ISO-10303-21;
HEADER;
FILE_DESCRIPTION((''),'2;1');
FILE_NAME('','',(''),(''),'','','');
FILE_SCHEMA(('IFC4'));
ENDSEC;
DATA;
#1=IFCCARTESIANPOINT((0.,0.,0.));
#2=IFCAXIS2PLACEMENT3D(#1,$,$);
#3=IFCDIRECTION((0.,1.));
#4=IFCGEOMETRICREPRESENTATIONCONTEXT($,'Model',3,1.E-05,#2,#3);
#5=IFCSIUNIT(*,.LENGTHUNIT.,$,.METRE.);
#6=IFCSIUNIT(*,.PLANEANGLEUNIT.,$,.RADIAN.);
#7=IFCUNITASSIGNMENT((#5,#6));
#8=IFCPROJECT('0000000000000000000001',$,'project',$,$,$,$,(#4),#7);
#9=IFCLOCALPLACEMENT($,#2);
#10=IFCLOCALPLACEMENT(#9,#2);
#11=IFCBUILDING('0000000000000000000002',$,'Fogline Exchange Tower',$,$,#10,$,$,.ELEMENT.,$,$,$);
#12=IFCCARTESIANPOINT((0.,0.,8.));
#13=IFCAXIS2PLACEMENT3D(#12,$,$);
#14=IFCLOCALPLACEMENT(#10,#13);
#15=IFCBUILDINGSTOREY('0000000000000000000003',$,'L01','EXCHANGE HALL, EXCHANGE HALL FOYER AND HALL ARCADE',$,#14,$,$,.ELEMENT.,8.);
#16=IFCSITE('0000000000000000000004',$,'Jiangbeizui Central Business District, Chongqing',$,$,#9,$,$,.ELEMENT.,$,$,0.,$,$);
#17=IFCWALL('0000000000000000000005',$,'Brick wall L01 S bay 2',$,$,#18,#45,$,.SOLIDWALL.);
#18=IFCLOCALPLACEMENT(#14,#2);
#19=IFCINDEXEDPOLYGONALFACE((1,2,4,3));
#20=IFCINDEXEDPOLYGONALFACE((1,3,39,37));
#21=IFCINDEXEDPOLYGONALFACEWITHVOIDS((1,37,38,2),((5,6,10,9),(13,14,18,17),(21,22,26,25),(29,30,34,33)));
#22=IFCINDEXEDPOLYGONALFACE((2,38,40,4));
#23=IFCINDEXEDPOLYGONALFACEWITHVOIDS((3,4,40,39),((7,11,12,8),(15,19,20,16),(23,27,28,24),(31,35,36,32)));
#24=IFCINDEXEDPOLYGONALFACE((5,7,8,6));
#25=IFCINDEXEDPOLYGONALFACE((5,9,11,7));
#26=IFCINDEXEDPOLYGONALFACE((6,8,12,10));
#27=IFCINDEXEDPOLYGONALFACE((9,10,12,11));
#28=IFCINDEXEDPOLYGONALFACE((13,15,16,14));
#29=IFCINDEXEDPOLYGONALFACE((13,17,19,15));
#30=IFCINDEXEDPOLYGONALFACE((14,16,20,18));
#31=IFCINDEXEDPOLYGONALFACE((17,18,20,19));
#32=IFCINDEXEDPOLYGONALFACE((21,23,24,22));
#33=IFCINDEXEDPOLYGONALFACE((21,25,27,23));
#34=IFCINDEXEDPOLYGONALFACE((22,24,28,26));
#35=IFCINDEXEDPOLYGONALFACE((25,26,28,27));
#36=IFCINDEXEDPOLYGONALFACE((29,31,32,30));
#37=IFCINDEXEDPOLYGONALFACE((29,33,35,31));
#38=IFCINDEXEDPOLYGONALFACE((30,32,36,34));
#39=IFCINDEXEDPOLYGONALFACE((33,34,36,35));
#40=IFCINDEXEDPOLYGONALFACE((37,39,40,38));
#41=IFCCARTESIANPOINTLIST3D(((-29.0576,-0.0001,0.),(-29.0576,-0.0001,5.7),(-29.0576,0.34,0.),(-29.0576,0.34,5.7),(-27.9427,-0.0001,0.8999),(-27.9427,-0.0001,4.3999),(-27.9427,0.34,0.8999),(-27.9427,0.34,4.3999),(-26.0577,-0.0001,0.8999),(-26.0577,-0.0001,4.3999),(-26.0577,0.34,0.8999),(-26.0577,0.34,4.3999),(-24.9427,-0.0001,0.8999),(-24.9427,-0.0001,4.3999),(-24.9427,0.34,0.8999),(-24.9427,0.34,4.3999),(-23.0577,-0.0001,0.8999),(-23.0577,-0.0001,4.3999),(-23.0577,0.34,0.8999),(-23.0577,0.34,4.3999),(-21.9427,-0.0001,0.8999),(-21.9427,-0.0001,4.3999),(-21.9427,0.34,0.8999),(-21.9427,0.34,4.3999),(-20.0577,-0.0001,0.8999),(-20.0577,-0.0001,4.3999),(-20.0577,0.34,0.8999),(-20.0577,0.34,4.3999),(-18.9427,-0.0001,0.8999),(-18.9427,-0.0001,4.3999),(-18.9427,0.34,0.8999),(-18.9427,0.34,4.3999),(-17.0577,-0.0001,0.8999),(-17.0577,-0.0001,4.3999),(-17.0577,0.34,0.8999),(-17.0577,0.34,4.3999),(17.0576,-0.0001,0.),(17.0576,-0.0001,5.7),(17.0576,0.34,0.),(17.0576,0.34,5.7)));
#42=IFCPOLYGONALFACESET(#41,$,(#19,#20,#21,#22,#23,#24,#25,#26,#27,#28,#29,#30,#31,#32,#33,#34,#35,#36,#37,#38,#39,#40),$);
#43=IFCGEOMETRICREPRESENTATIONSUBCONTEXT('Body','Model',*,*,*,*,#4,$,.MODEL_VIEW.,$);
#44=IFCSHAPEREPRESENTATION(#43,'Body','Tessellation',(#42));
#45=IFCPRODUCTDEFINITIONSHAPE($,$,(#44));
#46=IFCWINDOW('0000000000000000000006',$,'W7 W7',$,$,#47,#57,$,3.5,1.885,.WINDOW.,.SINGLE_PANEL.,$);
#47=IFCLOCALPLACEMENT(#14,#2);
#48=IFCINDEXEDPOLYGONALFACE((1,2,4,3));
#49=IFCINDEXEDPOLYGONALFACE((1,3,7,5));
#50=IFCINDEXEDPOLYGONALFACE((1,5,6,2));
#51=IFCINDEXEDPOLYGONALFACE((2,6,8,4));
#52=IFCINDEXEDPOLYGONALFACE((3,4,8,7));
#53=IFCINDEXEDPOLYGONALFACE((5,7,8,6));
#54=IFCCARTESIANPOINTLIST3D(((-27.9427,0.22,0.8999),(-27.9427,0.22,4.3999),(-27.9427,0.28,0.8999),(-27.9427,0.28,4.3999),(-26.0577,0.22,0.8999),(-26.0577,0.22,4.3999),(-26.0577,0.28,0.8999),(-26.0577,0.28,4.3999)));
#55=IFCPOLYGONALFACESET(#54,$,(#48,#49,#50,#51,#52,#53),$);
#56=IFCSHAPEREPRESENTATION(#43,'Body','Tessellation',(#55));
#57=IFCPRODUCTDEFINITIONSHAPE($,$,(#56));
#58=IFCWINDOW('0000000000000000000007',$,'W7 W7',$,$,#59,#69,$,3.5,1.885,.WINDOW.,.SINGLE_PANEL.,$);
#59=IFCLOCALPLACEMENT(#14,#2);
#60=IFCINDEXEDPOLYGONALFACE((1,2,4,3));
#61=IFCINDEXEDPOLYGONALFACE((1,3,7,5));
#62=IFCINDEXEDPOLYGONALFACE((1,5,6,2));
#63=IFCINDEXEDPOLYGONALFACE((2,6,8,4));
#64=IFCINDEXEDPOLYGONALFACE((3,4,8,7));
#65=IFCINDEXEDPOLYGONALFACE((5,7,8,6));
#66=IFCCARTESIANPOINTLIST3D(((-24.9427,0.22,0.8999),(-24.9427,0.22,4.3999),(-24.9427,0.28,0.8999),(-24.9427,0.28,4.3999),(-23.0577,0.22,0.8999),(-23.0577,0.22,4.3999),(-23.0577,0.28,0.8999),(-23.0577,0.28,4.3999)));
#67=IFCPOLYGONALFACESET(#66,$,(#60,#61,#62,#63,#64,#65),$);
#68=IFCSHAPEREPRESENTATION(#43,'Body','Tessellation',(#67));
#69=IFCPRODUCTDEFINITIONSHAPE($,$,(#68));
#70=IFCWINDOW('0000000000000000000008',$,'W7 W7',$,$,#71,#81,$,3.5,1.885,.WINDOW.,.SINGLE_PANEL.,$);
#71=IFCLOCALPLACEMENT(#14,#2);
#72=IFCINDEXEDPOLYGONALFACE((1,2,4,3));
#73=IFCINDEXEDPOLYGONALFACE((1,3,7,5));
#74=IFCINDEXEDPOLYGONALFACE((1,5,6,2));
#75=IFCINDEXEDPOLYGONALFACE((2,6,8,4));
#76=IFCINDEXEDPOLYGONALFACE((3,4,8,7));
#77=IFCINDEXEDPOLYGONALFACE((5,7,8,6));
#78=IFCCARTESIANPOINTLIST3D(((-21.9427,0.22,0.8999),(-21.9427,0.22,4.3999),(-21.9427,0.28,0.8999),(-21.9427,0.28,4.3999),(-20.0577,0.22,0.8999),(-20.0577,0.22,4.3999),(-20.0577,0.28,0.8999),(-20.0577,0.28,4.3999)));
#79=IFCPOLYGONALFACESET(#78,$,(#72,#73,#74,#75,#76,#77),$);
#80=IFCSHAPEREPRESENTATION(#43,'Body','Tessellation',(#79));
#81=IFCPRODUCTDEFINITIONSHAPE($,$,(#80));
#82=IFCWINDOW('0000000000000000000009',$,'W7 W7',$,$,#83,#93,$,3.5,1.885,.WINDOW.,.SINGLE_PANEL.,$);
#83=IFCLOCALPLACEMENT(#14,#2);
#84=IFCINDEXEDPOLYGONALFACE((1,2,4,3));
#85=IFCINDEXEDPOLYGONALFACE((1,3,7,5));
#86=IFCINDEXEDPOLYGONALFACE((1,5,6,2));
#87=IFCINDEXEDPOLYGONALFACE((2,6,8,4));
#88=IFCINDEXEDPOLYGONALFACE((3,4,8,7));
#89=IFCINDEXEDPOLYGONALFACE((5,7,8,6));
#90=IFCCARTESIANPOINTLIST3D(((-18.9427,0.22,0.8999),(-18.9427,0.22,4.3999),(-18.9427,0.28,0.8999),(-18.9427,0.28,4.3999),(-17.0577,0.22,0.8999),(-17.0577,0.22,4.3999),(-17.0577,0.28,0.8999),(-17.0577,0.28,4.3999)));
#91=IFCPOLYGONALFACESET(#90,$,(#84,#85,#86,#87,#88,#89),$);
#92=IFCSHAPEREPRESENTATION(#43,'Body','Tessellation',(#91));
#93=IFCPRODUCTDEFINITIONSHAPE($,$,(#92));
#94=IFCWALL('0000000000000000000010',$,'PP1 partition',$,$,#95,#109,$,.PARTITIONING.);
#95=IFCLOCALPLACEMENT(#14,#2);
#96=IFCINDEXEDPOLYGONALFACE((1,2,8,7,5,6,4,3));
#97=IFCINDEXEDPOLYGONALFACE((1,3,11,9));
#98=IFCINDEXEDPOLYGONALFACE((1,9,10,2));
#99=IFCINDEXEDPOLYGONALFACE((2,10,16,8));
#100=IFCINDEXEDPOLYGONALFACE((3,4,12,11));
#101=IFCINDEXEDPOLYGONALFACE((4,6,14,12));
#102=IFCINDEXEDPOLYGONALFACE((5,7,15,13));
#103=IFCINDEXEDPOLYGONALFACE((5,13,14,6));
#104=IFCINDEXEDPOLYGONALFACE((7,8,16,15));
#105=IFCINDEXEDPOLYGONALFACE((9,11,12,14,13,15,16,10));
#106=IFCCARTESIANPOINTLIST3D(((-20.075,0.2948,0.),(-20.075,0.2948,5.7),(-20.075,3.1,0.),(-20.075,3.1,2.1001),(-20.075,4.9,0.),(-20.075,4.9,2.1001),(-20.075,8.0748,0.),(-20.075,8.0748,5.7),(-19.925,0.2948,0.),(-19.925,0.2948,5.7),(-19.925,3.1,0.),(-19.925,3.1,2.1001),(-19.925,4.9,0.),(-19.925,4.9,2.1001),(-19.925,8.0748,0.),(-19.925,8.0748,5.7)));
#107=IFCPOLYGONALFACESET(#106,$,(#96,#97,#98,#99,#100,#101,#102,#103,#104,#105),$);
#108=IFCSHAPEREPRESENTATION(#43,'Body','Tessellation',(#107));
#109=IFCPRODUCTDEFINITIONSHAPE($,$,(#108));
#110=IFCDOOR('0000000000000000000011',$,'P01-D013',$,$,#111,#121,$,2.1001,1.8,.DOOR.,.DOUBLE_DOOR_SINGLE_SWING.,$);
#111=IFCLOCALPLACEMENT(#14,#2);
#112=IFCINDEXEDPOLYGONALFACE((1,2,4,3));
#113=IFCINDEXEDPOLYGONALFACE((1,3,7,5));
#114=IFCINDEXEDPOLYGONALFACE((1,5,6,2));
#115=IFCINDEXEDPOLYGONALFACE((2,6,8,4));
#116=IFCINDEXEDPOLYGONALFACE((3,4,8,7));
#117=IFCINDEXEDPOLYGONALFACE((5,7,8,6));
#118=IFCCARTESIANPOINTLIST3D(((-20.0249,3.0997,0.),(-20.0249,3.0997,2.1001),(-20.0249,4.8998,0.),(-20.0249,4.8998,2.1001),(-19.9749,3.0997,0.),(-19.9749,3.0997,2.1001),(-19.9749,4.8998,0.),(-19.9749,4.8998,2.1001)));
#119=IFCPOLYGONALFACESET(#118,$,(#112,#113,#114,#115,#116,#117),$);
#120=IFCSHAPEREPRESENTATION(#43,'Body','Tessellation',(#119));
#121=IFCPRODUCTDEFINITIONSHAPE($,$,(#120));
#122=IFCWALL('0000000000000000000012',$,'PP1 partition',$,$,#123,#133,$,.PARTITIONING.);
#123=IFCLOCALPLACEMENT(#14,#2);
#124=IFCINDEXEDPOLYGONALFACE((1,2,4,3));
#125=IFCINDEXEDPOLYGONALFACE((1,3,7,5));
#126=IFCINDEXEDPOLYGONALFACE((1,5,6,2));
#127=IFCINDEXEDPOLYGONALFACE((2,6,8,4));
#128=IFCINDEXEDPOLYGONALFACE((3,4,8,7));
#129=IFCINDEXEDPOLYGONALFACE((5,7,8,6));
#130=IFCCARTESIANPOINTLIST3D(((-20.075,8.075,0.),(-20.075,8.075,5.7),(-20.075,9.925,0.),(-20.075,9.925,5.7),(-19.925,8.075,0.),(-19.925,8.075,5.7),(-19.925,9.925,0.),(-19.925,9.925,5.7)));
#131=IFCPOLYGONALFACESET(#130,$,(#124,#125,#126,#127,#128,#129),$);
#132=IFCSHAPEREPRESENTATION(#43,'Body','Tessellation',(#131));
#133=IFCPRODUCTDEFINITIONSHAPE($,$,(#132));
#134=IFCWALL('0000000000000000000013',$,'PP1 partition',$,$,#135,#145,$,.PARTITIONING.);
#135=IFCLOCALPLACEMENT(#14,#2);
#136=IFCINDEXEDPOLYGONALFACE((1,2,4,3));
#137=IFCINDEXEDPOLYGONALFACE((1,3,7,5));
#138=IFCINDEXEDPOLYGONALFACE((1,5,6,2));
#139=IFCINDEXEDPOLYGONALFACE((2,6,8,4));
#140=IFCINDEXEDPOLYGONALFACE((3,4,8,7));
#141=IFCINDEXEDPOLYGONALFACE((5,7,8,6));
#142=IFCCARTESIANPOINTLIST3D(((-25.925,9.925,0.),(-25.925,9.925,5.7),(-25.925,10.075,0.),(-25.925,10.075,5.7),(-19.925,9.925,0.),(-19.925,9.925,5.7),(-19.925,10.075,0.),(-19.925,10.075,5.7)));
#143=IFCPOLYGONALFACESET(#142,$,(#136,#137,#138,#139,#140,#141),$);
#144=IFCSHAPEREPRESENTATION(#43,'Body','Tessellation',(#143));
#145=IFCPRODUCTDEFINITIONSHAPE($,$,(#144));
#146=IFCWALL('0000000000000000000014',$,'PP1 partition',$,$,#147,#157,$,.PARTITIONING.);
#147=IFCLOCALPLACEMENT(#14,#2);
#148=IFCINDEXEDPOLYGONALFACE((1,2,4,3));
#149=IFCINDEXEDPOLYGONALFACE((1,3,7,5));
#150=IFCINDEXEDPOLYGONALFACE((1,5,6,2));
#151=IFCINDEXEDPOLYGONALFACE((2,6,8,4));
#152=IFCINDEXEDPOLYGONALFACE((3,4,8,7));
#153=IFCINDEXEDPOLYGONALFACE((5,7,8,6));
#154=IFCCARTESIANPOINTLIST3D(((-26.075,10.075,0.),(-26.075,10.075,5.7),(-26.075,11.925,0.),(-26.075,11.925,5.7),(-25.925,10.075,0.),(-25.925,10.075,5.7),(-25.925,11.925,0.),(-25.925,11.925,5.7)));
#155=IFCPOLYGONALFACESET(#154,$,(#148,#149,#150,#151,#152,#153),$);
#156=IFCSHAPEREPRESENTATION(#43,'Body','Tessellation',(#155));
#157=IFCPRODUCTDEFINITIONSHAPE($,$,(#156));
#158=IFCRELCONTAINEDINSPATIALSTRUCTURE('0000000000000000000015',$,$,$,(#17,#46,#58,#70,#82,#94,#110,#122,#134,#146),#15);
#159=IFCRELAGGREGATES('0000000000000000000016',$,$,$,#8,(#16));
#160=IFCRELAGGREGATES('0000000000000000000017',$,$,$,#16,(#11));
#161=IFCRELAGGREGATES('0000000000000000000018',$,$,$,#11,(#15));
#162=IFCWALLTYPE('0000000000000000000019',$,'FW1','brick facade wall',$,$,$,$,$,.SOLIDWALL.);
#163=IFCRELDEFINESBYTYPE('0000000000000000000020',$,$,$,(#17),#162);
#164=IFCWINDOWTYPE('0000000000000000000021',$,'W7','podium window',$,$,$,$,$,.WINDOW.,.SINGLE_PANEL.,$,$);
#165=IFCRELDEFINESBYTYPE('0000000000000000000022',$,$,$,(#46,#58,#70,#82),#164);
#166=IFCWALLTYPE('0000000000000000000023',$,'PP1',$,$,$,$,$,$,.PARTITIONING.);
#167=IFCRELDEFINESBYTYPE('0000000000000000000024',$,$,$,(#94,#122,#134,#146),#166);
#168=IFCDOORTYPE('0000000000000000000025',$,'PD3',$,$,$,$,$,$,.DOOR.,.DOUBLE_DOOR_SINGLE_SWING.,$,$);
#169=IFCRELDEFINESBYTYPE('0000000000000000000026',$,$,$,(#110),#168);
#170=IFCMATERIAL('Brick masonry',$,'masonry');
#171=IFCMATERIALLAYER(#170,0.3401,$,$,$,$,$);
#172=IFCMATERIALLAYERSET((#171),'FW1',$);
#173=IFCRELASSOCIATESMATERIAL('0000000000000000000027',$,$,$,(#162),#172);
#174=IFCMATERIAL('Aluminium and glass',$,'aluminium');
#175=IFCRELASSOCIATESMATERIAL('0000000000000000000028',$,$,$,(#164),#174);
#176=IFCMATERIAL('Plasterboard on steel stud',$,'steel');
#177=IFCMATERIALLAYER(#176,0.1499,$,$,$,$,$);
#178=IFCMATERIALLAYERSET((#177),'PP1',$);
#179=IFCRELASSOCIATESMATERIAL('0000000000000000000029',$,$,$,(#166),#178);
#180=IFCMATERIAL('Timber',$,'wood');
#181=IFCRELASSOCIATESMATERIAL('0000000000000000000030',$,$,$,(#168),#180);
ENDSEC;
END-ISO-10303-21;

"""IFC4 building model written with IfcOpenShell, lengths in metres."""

from ifc_helpers import new_model, si_unit, direction, frame, frame_2d, origin, place, context, subcontext, project, spatial, rectangle, extrude, material, layer, layer_set, type_object, element, fill, save


model = new_model("IFC4")

# Units and contexts
model_context = context("Model", 3, precision=1e-05, world=origin(), true_north=direction((0.0, 1.0)))
body_context = subcontext(model_context, "Body", "Model", "MODEL_VIEW")
ifc_project = project(units=[si_unit("LENGTHUNIT", "METRE"), si_unit("PLANEANGLEUNIT", "RADIAN")], contexts=[model_context])

# Site, building, storey
site_placement = place(None, origin())
site = spatial("IfcSite", under=ifc_project, at=site_placement, Name="Jiangbeizui Central Business District, Chongqing", CompositionType="ELEMENT", RefElevation=0.0)
building_placement = place(site_placement, origin())
building = spatial("IfcBuilding", under=site, at=building_placement, Name="Fogline Exchange Tower", CompositionType="ELEMENT")
storey_placement = place(building_placement, frame((0.0, 0.0, 8.0)))
storey = spatial("IfcBuildingStorey", under=building, at=storey_placement, Name="L01", Description="EXCHANGE HALL, EXCHANGE HALL FOYER AND HALL ARCADE", CompositionType="ELEMENT", Elevation=8.0)

# Shared definitions
ifc_material_1 = material(Name="Aluminium and glass", Category="aluminium")

# Wall, openings, windows
ifc_material_2 = material(Name="Brick masonry", Category="masonry")
ifc_layer_1 = layer(ifc_material_2, 0.3401)
ifc_layer_set_1 = layer_set([ifc_layer_1], Name="FW1")
wall_type_1 = type_object("IfcWallType", Name="FW1", Description="brick facade wall", PredefinedType="SOLIDWALL", material=ifc_layer_set_1)
wall_1_placement = place(storey_placement, frame((-29.0576, 0.1699, 0.0), z_axis=(0.0, 0.0, 1.0), x_axis=(1.0, 0.0, 0.0)))
wall_1 = element("IfcWall", 1, at=wall_1_placement, inside=storey, type_object=wall_type_1, Name="Brick wall L01 S bay 2", PredefinedType="SOLIDWALL", context=body_context, shape_type="SweptSolid", body=[
    extrude(rectangle(XDim=46.1152, YDim=0.3401, at=frame_2d((23.0576, 0.0))), origin(), (0.0, 0.0, 1.0), 5.7),
])
opening_1_placement = place(wall_1_placement, frame((1.115, 0.0, 0.8999)))
opening_1 = element("IfcOpeningElement", 2, at=opening_1_placement, cuts=wall_1, PredefinedType="OPENING", context=body_context, shape_type="SweptSolid", body=[
    extrude(rectangle(XDim=1.885, YDim=3.5, at=frame_2d((0.9424, 1.75))), frame((0.0, 0.1802, 0.0), z_axis=(0.0, -1.0, 0.0), x_axis=(1.0, 0.0, 0.0)), (0.0, 0.0, 1.0), 0.3601),
])
opening_2_placement = place(wall_1_placement, frame((4.115, 0.0, 0.8999)))
opening_2 = element("IfcOpeningElement", 3, at=opening_2_placement, cuts=wall_1, PredefinedType="OPENING", context=body_context, shape_type="SweptSolid", body=[
    extrude(rectangle(XDim=1.885, YDim=3.5, at=frame_2d((0.9424, 1.75))), frame((0.0, 0.1802, 0.0), z_axis=(0.0, -1.0, 0.0), x_axis=(1.0, 0.0, 0.0)), (0.0, 0.0, 1.0), 0.3601),
])
opening_3_placement = place(wall_1_placement, frame((7.115, 0.0, 0.8999)))
opening_3 = element("IfcOpeningElement", 4, at=opening_3_placement, cuts=wall_1, PredefinedType="OPENING", context=body_context, shape_type="SweptSolid", body=[
    extrude(rectangle(XDim=1.885, YDim=3.5, at=frame_2d((0.9424, 1.75))), frame((0.0, 0.1802, 0.0), z_axis=(0.0, -1.0, 0.0), x_axis=(1.0, 0.0, 0.0)), (0.0, 0.0, 1.0), 0.3601),
])
opening_4_placement = place(wall_1_placement, frame((10.115, 0.0, 0.8999)))
opening_4 = element("IfcOpeningElement", 5, at=opening_4_placement, cuts=wall_1, PredefinedType="OPENING", context=body_context, shape_type="SweptSolid", body=[
    extrude(rectangle(XDim=1.885, YDim=3.5, at=frame_2d((0.9424, 1.75))), frame((0.0, 0.1802, 0.0), z_axis=(0.0, -1.0, 0.0), x_axis=(1.0, 0.0, 0.0)), (0.0, 0.0, 1.0), 0.3601),
])
window_type = type_object("IfcWindowType", Name="W7", Description="podium window", PartitioningType="SINGLE_PANEL", PredefinedType="WINDOW", material=ifc_material_1)
window_1_placement = place(opening_1_placement, origin())
window_1 = element("IfcWindow", 6, at=window_1_placement, inside=storey, type_object=window_type, Name="W7 W7", OverallHeight=3.5, OverallWidth=1.885, PartitioningType="SINGLE_PANEL", PredefinedType="WINDOW", context=body_context, shape_type="SweptSolid", body=[
    extrude(rectangle(XDim=1.885, YDim=3.5, at=frame_2d((0.9424, 1.75))), frame((0.0, 0.1101, 0.0), z_axis=(0.0, -1.0, 0.0), x_axis=(1.0, 0.0, 0.0)), (0.0, 0.0, 1.0), 0.0601),
])
fill(opening_1, window_1)
window_2_placement = place(opening_2_placement, origin())
window_2 = element("IfcWindow", 7, at=window_2_placement, inside=storey, type_object=window_type, Name="W7 W7", OverallHeight=3.5, OverallWidth=1.885, PartitioningType="SINGLE_PANEL", PredefinedType="WINDOW", context=body_context, shape_type="SweptSolid", body=[
    extrude(rectangle(XDim=1.885, YDim=3.5, at=frame_2d((0.9424, 1.75))), frame((0.0, 0.1101, 0.0), z_axis=(0.0, -1.0, 0.0), x_axis=(1.0, 0.0, 0.0)), (0.0, 0.0, 1.0), 0.0601),
])
fill(opening_2, window_2)
window_3_placement = place(opening_3_placement, origin())
window_3 = element("IfcWindow", 8, at=window_3_placement, inside=storey, type_object=window_type, Name="W7 W7", OverallHeight=3.5, OverallWidth=1.885, PartitioningType="SINGLE_PANEL", PredefinedType="WINDOW", context=body_context, shape_type="SweptSolid", body=[
    extrude(rectangle(XDim=1.885, YDim=3.5, at=frame_2d((0.9424, 1.75))), frame((0.0, 0.1101, 0.0), z_axis=(0.0, -1.0, 0.0), x_axis=(1.0, 0.0, 0.0)), (0.0, 0.0, 1.0), 0.0601),
])
fill(opening_3, window_3)
window_4_placement = place(opening_4_placement, origin())
window_4 = element("IfcWindow", 9, at=window_4_placement, inside=storey, type_object=window_type, Name="W7 W7", OverallHeight=3.5, OverallWidth=1.885, PartitioningType="SINGLE_PANEL", PredefinedType="WINDOW", context=body_context, shape_type="SweptSolid", body=[
    extrude(rectangle(XDim=1.885, YDim=3.5, at=frame_2d((0.9424, 1.75))), frame((0.0, 0.1101, 0.0), z_axis=(0.0, -1.0, 0.0), x_axis=(1.0, 0.0, 0.0)), (0.0, 0.0, 1.0), 0.0601),
])
fill(opening_4, window_4)

# Wall, opening, door
ifc_material_3 = material(Name="Plasterboard on steel stud", Category="steel")
ifc_layer_2 = layer(ifc_material_3, 0.1499)
ifc_layer_set_2 = layer_set([ifc_layer_2], Name="PP1")
wall_type_2 = type_object("IfcWallType", Name="PP1", PredefinedType="PARTITIONING", material=ifc_layer_set_2)
wall_2_placement = place(storey_placement, frame((-20.0, 8.075, 0.0), z_axis=(0.0, 0.0, 1.0), x_axis=(0.0, -1.0, 0.0)))
wall_2 = element("IfcWall", 10, at=wall_2_placement, inside=storey, type_object=wall_type_2, Name="PP1 partition", PredefinedType="PARTITIONING", context=body_context, shape_type="SweptSolid", body=[
    extrude(rectangle(XDim=7.78, YDim=0.1499, at=frame_2d((3.8901, 0.0))), origin(), (0.0, 0.0, 1.0), 5.7),
])
opening_5_placement = place(wall_2_placement, frame((3.175, 0.0, 0.0)))
opening_5 = element("IfcOpeningElement", 11, at=opening_5_placement, cuts=wall_2, PredefinedType="OPENING", context=body_context, shape_type="SweptSolid", body=[
    extrude(rectangle(XDim=1.8, YDim=2.1001, at=frame_2d((0.8999, 1.05))), frame((0.0, 0.085, 0.0), z_axis=(0.0, -1.0, 0.0), x_axis=(1.0, 0.0, 0.0)), (0.0, 0.0, 1.0), 0.1699),
])
ifc_material_4 = material(Name="Timber", Category="wood")
door_type = type_object("IfcDoorType", Name="PD3", OperationType="DOUBLE_DOOR_SINGLE_SWING", PredefinedType="DOOR", material=ifc_material_4)
door_1_placement = place(opening_5_placement, frame((1.8, 0.0, 0.0), z_axis=(0.0, 0.0, 1.0), x_axis=(-1.0, 0.0, 0.0)))
door_1 = element("IfcDoor", 12, at=door_1_placement, inside=storey, type_object=door_type, Name="P01-D013", OperationType="DOUBLE_DOOR_SINGLE_SWING", OverallHeight=2.1001, OverallWidth=1.8, PredefinedType="DOOR", context=body_context, shape_type="SweptSolid", body=[
    extrude(rectangle(XDim=1.8, YDim=2.1001, at=frame_2d((0.8999, 1.05))), frame((0.0, 0.0249, 0.0), z_axis=(0.0, -1.0, 0.0), x_axis=(1.0, 0.0, 0.0)), (0.0, 0.0, 1.0), 0.05),
])
fill(opening_5, door_1)

# Walls
wall_3_placement = place(storey_placement, frame((-20.0, 9.925, 0.0), z_axis=(0.0, 0.0, 1.0), x_axis=(0.0, -1.0, 0.0)))
element("IfcWall", 13, at=wall_3_placement, inside=storey, type_object=wall_type_2, Name="PP1 partition", PredefinedType="PARTITIONING", context=body_context, shape_type="SweptSolid", body=[
    extrude(rectangle(XDim=1.8501, YDim=0.1499, at=frame_2d((0.925, 0.0))), origin(), (0.0, 0.0, 1.0), 5.7),
])
wall_4_placement = place(storey_placement, frame((-25.925, 10.0, 0.0), z_axis=(0.0, 0.0, 1.0), x_axis=(1.0, 0.0, 0.0)))
element("IfcWall", 14, at=wall_4_placement, inside=storey, type_object=wall_type_2, Name="PP1 partition", PredefinedType="PARTITIONING", context=body_context, shape_type="SweptSolid", body=[
    extrude(rectangle(XDim=6.0, YDim=0.1499, at=frame_2d((3.0, 0.0))), origin(), (0.0, 0.0, 1.0), 5.7),
])
wall_5_placement = place(storey_placement, frame((-26.0, 10.075, 0.0), z_axis=(0.0, 0.0, 1.0), x_axis=(0.0, 1.0, 0.0)))
element("IfcWall", 15, at=wall_5_placement, inside=storey, type_object=wall_type_2, Name="PP1 partition", PredefinedType="PARTITIONING", context=body_context, shape_type="SweptSolid", body=[
    extrude(rectangle(XDim=1.8501, YDim=0.1499, at=frame_2d((0.925, 0.0))), origin(), (0.0, 0.0, 1.0), 5.7),
])

save(model, "model.ifc")
